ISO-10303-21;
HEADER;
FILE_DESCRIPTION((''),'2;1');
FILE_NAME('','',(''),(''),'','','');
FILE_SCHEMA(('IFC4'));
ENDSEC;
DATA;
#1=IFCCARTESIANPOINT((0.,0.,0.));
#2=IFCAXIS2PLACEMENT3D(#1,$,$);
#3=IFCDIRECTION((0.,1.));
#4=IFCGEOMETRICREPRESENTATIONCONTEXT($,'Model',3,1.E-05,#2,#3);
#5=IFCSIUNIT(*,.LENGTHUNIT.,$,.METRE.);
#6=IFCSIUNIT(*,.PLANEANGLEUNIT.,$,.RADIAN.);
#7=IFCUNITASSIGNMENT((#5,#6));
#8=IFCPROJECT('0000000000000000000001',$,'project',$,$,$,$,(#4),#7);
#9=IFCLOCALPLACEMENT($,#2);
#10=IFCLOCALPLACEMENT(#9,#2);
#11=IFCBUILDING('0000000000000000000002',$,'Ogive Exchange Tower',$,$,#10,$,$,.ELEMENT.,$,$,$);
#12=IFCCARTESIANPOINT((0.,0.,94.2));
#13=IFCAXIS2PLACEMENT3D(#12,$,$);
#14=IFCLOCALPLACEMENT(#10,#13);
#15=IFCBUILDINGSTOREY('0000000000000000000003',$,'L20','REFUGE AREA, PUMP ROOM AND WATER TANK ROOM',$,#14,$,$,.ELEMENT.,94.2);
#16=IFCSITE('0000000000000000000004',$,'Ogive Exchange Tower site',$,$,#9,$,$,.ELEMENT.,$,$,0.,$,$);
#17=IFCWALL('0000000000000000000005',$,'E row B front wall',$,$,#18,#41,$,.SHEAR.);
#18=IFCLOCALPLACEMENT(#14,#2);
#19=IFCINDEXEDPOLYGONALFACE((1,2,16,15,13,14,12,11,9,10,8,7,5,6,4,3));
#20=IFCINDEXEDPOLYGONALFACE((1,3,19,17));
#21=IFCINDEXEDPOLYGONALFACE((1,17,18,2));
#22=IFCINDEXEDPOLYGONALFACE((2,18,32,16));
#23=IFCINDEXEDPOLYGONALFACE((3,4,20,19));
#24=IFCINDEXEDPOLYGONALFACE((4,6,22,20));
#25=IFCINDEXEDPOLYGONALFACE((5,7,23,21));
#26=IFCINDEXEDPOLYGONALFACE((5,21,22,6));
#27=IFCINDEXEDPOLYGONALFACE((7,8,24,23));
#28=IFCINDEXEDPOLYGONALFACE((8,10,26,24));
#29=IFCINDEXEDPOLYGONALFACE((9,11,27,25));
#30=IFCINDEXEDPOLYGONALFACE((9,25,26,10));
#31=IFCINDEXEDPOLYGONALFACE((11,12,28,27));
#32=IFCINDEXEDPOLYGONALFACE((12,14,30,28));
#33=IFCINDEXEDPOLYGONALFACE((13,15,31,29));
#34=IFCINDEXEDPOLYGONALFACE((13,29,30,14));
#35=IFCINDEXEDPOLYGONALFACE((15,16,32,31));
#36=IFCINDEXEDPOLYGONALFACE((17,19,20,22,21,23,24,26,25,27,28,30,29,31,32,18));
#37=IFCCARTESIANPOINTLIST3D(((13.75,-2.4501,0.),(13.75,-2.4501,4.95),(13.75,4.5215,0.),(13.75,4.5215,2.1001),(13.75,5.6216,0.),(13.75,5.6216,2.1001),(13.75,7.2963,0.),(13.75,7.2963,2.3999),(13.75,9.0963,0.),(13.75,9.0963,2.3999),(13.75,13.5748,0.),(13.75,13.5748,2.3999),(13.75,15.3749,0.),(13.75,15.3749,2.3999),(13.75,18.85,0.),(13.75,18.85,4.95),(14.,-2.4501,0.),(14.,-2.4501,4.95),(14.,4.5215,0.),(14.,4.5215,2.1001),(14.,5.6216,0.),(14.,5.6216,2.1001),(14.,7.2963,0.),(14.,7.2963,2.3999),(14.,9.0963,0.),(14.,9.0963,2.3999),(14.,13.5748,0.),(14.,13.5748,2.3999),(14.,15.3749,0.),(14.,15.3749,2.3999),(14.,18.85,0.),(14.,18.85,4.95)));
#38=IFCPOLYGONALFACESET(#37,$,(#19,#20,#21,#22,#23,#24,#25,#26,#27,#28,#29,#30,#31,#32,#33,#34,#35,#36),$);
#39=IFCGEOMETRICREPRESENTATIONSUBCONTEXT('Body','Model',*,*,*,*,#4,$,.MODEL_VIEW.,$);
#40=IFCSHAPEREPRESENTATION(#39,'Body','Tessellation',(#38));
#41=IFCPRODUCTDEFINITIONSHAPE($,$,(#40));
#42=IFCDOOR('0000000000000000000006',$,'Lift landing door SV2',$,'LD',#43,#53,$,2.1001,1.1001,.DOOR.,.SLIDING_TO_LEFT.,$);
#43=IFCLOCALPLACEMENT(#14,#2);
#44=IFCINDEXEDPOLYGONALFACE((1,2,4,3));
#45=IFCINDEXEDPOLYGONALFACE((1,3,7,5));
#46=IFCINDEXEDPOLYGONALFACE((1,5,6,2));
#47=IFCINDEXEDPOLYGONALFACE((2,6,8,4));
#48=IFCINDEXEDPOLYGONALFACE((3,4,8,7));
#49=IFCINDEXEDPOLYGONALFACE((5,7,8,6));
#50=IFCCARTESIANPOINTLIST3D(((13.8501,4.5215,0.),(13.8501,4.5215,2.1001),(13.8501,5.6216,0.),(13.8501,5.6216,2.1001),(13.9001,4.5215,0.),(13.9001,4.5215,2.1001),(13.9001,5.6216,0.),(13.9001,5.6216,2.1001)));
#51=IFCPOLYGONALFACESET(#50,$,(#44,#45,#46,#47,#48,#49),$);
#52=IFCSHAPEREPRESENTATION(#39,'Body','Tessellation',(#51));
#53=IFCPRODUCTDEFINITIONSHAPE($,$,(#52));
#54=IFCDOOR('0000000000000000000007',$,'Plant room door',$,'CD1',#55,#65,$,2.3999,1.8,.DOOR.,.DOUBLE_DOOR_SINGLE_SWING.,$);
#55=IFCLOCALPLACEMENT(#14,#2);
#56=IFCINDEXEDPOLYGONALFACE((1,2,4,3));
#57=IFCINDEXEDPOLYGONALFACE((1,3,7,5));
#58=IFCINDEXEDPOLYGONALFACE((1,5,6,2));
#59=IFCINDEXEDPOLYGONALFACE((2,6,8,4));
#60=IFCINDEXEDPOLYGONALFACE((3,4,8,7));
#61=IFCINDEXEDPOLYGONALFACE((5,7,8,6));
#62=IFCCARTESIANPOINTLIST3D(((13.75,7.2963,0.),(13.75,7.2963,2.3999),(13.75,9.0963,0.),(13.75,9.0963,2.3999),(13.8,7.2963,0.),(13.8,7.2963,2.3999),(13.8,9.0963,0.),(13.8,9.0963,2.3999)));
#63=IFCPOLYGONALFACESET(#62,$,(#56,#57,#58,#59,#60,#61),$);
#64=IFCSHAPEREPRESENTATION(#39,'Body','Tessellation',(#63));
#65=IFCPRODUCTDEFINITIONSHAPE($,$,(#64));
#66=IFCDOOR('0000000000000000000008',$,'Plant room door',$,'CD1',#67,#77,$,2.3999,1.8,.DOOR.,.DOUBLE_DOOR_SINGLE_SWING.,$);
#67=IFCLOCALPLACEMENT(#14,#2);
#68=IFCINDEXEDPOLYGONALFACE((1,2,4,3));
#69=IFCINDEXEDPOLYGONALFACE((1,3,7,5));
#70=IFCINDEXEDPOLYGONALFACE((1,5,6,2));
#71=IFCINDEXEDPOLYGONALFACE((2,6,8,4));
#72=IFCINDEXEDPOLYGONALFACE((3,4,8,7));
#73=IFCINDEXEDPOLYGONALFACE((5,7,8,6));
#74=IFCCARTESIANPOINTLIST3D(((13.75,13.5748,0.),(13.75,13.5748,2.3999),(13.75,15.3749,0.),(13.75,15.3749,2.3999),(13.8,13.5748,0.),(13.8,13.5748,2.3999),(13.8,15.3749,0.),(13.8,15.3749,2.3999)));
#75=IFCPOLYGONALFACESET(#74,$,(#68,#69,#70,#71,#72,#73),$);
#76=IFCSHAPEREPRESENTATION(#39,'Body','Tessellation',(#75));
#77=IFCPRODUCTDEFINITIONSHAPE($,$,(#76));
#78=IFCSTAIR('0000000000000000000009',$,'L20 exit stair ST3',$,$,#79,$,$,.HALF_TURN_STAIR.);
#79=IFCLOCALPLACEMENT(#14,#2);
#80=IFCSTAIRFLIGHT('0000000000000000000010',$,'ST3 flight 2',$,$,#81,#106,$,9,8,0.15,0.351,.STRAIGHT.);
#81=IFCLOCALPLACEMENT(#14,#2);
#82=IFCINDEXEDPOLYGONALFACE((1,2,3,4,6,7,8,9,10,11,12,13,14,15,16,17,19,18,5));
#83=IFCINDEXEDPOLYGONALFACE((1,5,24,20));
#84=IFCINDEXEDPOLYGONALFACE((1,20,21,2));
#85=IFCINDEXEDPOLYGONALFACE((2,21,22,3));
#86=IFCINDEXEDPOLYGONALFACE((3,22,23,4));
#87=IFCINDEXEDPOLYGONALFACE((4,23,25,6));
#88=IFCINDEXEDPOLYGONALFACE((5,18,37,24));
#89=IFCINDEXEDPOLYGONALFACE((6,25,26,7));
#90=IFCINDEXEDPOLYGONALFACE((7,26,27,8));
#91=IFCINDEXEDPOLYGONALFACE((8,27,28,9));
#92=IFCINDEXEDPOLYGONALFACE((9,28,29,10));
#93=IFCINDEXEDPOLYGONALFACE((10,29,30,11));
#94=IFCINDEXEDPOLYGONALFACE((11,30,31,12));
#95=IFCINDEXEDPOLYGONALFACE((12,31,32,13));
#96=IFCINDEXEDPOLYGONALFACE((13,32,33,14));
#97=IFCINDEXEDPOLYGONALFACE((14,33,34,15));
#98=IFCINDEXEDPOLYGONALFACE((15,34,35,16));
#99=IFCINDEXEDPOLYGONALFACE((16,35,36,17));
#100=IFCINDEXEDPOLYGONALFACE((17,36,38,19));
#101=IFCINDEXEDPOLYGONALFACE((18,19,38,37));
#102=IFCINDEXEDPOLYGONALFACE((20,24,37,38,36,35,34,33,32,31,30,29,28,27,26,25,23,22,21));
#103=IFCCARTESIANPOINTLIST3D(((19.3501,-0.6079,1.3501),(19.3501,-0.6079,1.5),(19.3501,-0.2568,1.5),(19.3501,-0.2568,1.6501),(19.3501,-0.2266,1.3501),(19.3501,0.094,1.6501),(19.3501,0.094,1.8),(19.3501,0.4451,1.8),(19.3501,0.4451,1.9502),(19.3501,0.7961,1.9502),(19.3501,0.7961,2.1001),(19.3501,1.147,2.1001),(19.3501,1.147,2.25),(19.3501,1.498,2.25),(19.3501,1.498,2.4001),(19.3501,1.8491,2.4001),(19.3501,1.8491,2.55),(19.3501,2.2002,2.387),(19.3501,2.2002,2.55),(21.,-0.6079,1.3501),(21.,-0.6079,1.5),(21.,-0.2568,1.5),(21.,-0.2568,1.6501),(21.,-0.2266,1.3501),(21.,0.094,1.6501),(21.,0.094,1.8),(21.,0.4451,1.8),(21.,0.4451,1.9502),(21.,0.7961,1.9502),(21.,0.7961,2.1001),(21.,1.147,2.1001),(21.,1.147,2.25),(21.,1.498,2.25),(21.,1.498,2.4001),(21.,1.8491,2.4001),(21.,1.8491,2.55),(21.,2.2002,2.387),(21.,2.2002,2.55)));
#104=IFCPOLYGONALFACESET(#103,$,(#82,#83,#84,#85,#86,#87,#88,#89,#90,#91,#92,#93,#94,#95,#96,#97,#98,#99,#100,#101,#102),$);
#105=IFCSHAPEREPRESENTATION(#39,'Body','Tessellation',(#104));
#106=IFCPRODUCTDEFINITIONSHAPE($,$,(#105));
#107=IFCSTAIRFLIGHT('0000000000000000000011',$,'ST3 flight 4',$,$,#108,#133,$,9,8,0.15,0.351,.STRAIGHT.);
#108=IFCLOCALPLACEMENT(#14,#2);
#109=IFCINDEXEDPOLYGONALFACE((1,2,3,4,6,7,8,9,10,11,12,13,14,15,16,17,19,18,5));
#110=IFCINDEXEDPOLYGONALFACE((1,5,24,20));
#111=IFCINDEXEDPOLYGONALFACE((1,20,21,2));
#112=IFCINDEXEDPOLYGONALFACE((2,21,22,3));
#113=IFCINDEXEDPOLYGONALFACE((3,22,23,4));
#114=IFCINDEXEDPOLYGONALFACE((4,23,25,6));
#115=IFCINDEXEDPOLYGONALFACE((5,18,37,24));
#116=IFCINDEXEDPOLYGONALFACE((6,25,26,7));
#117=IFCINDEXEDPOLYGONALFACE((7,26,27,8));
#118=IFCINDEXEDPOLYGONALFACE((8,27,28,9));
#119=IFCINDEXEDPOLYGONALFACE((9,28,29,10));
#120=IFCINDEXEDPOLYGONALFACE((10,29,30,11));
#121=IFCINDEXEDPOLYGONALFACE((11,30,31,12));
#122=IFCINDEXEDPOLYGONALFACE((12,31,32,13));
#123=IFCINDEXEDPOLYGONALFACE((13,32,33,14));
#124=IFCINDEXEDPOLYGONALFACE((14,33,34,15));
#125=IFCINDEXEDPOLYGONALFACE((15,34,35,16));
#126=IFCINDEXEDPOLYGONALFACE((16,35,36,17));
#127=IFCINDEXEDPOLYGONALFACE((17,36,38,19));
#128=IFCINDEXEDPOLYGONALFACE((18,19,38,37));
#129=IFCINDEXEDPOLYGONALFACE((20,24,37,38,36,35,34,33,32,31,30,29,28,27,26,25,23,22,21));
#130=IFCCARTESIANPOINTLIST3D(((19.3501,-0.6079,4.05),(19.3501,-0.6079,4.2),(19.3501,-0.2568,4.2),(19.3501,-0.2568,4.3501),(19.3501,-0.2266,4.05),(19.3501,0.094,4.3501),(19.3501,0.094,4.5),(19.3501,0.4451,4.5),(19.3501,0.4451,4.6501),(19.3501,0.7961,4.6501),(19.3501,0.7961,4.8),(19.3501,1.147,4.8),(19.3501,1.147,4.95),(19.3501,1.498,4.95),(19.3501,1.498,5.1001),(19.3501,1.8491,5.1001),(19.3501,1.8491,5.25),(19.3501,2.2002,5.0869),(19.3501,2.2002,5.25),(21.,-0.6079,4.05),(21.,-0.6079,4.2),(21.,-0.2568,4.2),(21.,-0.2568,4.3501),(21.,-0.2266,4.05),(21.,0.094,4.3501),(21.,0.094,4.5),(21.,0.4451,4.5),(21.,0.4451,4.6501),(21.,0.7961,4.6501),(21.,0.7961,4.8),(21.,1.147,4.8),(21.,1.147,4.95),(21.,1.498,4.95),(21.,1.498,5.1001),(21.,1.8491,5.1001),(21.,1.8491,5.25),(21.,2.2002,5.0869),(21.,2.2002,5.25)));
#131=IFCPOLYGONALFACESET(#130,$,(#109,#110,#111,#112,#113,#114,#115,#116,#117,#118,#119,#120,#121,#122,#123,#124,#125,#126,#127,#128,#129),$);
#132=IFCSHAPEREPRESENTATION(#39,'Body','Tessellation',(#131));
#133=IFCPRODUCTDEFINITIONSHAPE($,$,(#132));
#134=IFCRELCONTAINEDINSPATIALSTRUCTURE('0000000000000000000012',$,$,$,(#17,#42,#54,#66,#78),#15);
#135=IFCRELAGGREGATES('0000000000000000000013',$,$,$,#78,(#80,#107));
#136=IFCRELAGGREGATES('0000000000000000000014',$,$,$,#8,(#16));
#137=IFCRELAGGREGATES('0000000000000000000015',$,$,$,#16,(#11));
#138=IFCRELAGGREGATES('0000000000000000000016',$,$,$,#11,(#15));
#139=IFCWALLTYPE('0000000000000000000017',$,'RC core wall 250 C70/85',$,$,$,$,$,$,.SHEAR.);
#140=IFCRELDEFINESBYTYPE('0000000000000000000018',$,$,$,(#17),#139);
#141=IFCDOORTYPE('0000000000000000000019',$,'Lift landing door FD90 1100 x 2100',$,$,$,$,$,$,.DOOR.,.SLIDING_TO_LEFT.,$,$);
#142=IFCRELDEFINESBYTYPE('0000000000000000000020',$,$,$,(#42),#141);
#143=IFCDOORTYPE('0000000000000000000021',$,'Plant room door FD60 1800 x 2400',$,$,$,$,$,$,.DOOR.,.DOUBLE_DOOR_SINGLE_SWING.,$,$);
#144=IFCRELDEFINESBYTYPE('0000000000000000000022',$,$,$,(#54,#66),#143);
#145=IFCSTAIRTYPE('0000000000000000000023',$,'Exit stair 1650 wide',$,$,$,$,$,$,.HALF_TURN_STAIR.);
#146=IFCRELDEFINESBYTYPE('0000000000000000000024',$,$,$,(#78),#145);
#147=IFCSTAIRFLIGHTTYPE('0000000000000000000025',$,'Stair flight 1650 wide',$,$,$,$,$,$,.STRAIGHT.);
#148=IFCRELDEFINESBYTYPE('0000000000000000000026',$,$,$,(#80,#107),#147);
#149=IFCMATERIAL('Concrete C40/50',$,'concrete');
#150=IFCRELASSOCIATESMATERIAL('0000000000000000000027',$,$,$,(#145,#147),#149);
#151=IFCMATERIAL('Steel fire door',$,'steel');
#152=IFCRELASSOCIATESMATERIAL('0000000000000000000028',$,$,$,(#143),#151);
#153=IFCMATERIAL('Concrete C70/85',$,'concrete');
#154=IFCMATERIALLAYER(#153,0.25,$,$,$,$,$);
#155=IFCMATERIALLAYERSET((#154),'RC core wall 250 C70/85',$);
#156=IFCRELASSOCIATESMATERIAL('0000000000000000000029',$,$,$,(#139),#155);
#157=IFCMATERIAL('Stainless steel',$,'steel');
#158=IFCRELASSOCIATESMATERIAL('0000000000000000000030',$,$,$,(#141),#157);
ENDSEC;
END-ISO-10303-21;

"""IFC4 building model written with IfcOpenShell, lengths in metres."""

from ifc_helpers import new_model, si_unit, direction, frame, frame_2d, origin, place, context, subcontext, project, spatial, polyline, rectangle, outline, extrude, material, layer, layer_set, type_object, element, fill, aggregate, save


model = new_model("IFC4")

# Units and contexts
model_context = context("Model", 3, precision=1e-05, world=origin(), true_north=direction((0.0, 1.0)))
body_context = subcontext(model_context, "Body", "Model", "MODEL_VIEW")
ifc_project = project(units=[si_unit("LENGTHUNIT", "METRE"), si_unit("PLANEANGLEUNIT", "RADIAN")], contexts=[model_context])

# Site, building, storey
site_placement = place(None, origin())
site = spatial("IfcSite", under=ifc_project, at=site_placement, Name="Ogive Exchange Tower site", CompositionType="ELEMENT", RefElevation=0.0)
building_placement = place(site_placement, origin())
building = spatial("IfcBuilding", under=site, at=building_placement, Name="Ogive Exchange Tower", CompositionType="ELEMENT")
storey_placement = place(building_placement, frame((0.0, 0.0, 94.2)))
storey = spatial("IfcBuildingStorey", under=building, at=storey_placement, Name="L20", Description="REFUGE AREA, PUMP ROOM AND WATER TANK ROOM", CompositionType="ELEMENT", Elevation=94.2)

# Shared definitions
ifc_material_1 = material(Name="Concrete C70/85", Category="concrete")

# Shared definitions
ifc_material_2 = material(Name="Concrete C40/50", Category="concrete")
stair_type = type_object("IfcStairType", Name="Exit stair 1650 wide", PredefinedType="HALF_TURN_STAIR", material=ifc_material_2)

# Shared definitions
ifc_material_3 = material(Name="Steel fire door", Category="steel")
door_type_1 = type_object("IfcDoorType", Name="Plant room door FD60 1800 x 2400", OperationType="DOUBLE_DOOR_SINGLE_SWING", PredefinedType="DOOR", material=ifc_material_3)

# Shared definitions
ifc_layer_1 = layer(ifc_material_1, 0.25)
ifc_layer_set_1 = layer_set([ifc_layer_1], Name="RC core wall 250 C70/85")
wall_type_1 = type_object("IfcWallType", Name="RC core wall 250 C70/85", PredefinedType="SHEAR", material=ifc_layer_set_1)

# Wall, openings, doors
wall_1_placement = place(storey_placement, frame((13.875, -2.45, 0.0), z_axis=(0.0, 0.0, 1.0), x_axis=(0.0, 1.0, 0.0)))
wall_1 = element("IfcWall", 1, at=wall_1_placement, inside=storey, type_object=wall_type_1, Name="E row B front wall", PredefinedType="SHEAR", context=body_context, shape_type="SweptSolid", body=[
    extrude(rectangle(XDim=21.3, YDim=0.25, at=frame_2d((10.6499, 0.0))), origin(), (0.0, 0.0, 1.0), 4.95),
])
opening_1_placement = place(wall_1_placement, frame((9.7463, 0.0, 0.0)))
opening_1 = element("IfcOpeningElement", 2, at=opening_1_placement, cuts=wall_1, PredefinedType="OPENING", context=body_context, shape_type="SweptSolid", body=[
    extrude(rectangle(XDim=1.8, YDim=2.3999, at=frame_2d((0.8999, 1.2))), frame((0.0, 0.135, 0.0), z_axis=(0.0, -1.0, 0.0), x_axis=(1.0, 0.0, 0.0)), (0.0, 0.0, 1.0), 0.27),
])
opening_2_placement = place(wall_1_placement, frame((16.0249, 0.0, 0.0)))
opening_2 = element("IfcOpeningElement", 3, at=opening_2_placement, cuts=wall_1, PredefinedType="OPENING", context=body_context, shape_type="SweptSolid", body=[
    extrude(rectangle(XDim=1.8, YDim=2.3999, at=frame_2d((0.8999, 1.2))), frame((0.0, 0.135, 0.0), z_axis=(0.0, -1.0, 0.0), x_axis=(1.0, 0.0, 0.0)), (0.0, 0.0, 1.0), 0.27),
])
opening_3_placement = place(wall_1_placement, frame((6.9714, 0.0, 0.0)))
opening_3 = element("IfcOpeningElement", 4, at=opening_3_placement, cuts=wall_1, PredefinedType="OPENING", context=body_context, shape_type="SweptSolid", body=[
    extrude(rectangle(XDim=1.1001, YDim=2.1001, at=frame_2d((0.55, 1.05))), frame((0.0, 0.135, 0.0), z_axis=(0.0, -1.0, 0.0), x_axis=(1.0, 0.0, 0.0)), (0.0, 0.0, 1.0), 0.27),
])
ifc_material_4 = material(Name="Stainless steel", Category="steel")
door_type_2 = type_object("IfcDoorType", Name="Lift landing door FD90 1100 x 2100", OperationType="SLIDING_TO_LEFT", PredefinedType="DOOR", material=ifc_material_4)
door_1_placement = place(opening_3_placement, origin())
door_1 = element("IfcDoor", 5, at=door_1_placement, inside=storey, type_object=door_type_2, Name="Lift landing door SV2", ObjectType="LD", OperationType="SLIDING_TO_LEFT", OverallHeight=2.1001, OverallWidth=1.1001, PredefinedType="DOOR", context=body_context, shape_type="SweptSolid", body=[
    extrude(rectangle(XDim=1.1001, YDim=2.1001, at=frame_2d((0.55, 1.05))), frame((0.0, 0.0249, 0.0), z_axis=(0.0, -1.0, 0.0), x_axis=(1.0, 0.0, 0.0)), (0.0, 0.0, 1.0), 0.05),
])
fill(opening_3, door_1)
door_2_placement = place(opening_1_placement, origin())
door_2 = element("IfcDoor", 6, at=door_2_placement, inside=storey, type_object=door_type_1, Name="Plant room door", ObjectType="CD1", OperationType="DOUBLE_DOOR_SINGLE_SWING", OverallHeight=2.3999, OverallWidth=1.8, PredefinedType="DOOR", context=body_context, shape_type="SweptSolid", body=[
    extrude(rectangle(XDim=1.8, YDim=2.3999, at=frame_2d((0.8999, 1.2))), frame((0.0, 0.125, 0.0), z_axis=(0.0, -1.0, 0.0), x_axis=(1.0, 0.0, 0.0)), (0.0, 0.0, 1.0), 0.05),
])
fill(opening_1, door_2)
door_3_placement = place(opening_2_placement, origin())
door_3 = element("IfcDoor", 7, at=door_3_placement, inside=storey, type_object=door_type_1, Name="Plant room door", ObjectType="CD1", OperationType="DOUBLE_DOOR_SINGLE_SWING", OverallHeight=2.3999, OverallWidth=1.8, PredefinedType="DOOR", context=body_context, shape_type="SweptSolid", body=[
    extrude(rectangle(XDim=1.8, YDim=2.3999, at=frame_2d((0.8999, 1.2))), frame((0.0, 0.125, 0.0), z_axis=(0.0, -1.0, 0.0), x_axis=(1.0, 0.0, 0.0)), (0.0, 0.0, 1.0), 0.05),
])
fill(opening_2, door_3)

# Stair, stair flights
stair_1_placement = place(storey_placement, origin())
stair_1 = element("IfcStair", 8, at=stair_1_placement, inside=storey, type_object=stair_type, Name="L20 exit stair ST3", PredefinedType="HALF_TURN_STAIR")
stair_flight_type = type_object("IfcStairFlightType", Name="Stair flight 1650 wide", PredefinedType="STRAIGHT", material=ifc_material_2)
stair_flight_1_placement = place(storey_placement, frame((20.175, -0.6079, 1.3501), z_axis=(0.0, 0.0, 1.0), x_axis=(0.0, 1.0, 0.0)))
stair_flight_1 = element("IfcStairFlight", 9, at=stair_flight_1_placement, type_object=stair_flight_type, Name="ST3 flight 2", NumberOfRisers=9, NumberOfTreads=8, PredefinedType="STRAIGHT", RiserHeight=0.15, TreadLength=0.351, context=body_context, shape_type="SweptSolid", body=[
    extrude(outline(polyline([(0.0, 0.0), (0.0, 0.1499), (0.3511, 0.1499), (0.3511, 0.3), (0.7019, 0.3), (0.7019, 0.45), (1.053, 0.45), (1.053, 0.6001), (1.4041, 0.6001), (1.4041, 0.75), (1.7549, 0.75), (1.7549, 0.8999), (2.106, 0.8999), (2.106, 1.05), (2.457, 1.05), (2.457, 1.2), (2.8081, 1.2), (2.8081, 1.3501), (2.8081, 1.0369), (0.3813, 0.0), (0.0, 0.0)])), frame((0.0, 0.825, 0.0), z_axis=(0.0, -1.0, 0.0), x_axis=(1.0, 0.0, 0.0)), (0.0, 0.0, 1.0), 1.6499),
])
stair_flight_2_placement = place(storey_placement, frame((20.175, -0.6079, 4.05), z_axis=(0.0, 0.0, 1.0), x_axis=(0.0, 1.0, 0.0)))
stair_flight_2 = element("IfcStairFlight", 10, at=stair_flight_2_placement, type_object=stair_flight_type, Name="ST3 flight 4", NumberOfRisers=9, NumberOfTreads=8, PredefinedType="STRAIGHT", RiserHeight=0.15, TreadLength=0.351, context=body_context, shape_type="SweptSolid", body=[
    extrude(outline(polyline([(0.0, 0.0), (0.0, 0.1499), (0.3511, 0.1499), (0.3511, 0.3), (0.7019, 0.3), (0.7019, 0.45), (1.053, 0.45), (1.053, 0.6001), (1.4041, 0.6001), (1.4041, 0.75), (1.7549, 0.75), (1.7549, 0.8999), (2.106, 0.8999), (2.106, 1.05), (2.457, 1.05), (2.457, 1.2), (2.8081, 1.2), (2.8081, 1.3501), (2.8081, 1.0369), (0.3813, 0.0), (0.0, 0.0)])), frame((0.0, 0.825, 0.0), z_axis=(0.0, -1.0, 0.0), x_axis=(1.0, 0.0, 0.0)), (0.0, 0.0, 1.0), 1.6499),
])
aggregate(stair_1, [stair_flight_1, stair_flight_2])

save(model, "model.ifc")
